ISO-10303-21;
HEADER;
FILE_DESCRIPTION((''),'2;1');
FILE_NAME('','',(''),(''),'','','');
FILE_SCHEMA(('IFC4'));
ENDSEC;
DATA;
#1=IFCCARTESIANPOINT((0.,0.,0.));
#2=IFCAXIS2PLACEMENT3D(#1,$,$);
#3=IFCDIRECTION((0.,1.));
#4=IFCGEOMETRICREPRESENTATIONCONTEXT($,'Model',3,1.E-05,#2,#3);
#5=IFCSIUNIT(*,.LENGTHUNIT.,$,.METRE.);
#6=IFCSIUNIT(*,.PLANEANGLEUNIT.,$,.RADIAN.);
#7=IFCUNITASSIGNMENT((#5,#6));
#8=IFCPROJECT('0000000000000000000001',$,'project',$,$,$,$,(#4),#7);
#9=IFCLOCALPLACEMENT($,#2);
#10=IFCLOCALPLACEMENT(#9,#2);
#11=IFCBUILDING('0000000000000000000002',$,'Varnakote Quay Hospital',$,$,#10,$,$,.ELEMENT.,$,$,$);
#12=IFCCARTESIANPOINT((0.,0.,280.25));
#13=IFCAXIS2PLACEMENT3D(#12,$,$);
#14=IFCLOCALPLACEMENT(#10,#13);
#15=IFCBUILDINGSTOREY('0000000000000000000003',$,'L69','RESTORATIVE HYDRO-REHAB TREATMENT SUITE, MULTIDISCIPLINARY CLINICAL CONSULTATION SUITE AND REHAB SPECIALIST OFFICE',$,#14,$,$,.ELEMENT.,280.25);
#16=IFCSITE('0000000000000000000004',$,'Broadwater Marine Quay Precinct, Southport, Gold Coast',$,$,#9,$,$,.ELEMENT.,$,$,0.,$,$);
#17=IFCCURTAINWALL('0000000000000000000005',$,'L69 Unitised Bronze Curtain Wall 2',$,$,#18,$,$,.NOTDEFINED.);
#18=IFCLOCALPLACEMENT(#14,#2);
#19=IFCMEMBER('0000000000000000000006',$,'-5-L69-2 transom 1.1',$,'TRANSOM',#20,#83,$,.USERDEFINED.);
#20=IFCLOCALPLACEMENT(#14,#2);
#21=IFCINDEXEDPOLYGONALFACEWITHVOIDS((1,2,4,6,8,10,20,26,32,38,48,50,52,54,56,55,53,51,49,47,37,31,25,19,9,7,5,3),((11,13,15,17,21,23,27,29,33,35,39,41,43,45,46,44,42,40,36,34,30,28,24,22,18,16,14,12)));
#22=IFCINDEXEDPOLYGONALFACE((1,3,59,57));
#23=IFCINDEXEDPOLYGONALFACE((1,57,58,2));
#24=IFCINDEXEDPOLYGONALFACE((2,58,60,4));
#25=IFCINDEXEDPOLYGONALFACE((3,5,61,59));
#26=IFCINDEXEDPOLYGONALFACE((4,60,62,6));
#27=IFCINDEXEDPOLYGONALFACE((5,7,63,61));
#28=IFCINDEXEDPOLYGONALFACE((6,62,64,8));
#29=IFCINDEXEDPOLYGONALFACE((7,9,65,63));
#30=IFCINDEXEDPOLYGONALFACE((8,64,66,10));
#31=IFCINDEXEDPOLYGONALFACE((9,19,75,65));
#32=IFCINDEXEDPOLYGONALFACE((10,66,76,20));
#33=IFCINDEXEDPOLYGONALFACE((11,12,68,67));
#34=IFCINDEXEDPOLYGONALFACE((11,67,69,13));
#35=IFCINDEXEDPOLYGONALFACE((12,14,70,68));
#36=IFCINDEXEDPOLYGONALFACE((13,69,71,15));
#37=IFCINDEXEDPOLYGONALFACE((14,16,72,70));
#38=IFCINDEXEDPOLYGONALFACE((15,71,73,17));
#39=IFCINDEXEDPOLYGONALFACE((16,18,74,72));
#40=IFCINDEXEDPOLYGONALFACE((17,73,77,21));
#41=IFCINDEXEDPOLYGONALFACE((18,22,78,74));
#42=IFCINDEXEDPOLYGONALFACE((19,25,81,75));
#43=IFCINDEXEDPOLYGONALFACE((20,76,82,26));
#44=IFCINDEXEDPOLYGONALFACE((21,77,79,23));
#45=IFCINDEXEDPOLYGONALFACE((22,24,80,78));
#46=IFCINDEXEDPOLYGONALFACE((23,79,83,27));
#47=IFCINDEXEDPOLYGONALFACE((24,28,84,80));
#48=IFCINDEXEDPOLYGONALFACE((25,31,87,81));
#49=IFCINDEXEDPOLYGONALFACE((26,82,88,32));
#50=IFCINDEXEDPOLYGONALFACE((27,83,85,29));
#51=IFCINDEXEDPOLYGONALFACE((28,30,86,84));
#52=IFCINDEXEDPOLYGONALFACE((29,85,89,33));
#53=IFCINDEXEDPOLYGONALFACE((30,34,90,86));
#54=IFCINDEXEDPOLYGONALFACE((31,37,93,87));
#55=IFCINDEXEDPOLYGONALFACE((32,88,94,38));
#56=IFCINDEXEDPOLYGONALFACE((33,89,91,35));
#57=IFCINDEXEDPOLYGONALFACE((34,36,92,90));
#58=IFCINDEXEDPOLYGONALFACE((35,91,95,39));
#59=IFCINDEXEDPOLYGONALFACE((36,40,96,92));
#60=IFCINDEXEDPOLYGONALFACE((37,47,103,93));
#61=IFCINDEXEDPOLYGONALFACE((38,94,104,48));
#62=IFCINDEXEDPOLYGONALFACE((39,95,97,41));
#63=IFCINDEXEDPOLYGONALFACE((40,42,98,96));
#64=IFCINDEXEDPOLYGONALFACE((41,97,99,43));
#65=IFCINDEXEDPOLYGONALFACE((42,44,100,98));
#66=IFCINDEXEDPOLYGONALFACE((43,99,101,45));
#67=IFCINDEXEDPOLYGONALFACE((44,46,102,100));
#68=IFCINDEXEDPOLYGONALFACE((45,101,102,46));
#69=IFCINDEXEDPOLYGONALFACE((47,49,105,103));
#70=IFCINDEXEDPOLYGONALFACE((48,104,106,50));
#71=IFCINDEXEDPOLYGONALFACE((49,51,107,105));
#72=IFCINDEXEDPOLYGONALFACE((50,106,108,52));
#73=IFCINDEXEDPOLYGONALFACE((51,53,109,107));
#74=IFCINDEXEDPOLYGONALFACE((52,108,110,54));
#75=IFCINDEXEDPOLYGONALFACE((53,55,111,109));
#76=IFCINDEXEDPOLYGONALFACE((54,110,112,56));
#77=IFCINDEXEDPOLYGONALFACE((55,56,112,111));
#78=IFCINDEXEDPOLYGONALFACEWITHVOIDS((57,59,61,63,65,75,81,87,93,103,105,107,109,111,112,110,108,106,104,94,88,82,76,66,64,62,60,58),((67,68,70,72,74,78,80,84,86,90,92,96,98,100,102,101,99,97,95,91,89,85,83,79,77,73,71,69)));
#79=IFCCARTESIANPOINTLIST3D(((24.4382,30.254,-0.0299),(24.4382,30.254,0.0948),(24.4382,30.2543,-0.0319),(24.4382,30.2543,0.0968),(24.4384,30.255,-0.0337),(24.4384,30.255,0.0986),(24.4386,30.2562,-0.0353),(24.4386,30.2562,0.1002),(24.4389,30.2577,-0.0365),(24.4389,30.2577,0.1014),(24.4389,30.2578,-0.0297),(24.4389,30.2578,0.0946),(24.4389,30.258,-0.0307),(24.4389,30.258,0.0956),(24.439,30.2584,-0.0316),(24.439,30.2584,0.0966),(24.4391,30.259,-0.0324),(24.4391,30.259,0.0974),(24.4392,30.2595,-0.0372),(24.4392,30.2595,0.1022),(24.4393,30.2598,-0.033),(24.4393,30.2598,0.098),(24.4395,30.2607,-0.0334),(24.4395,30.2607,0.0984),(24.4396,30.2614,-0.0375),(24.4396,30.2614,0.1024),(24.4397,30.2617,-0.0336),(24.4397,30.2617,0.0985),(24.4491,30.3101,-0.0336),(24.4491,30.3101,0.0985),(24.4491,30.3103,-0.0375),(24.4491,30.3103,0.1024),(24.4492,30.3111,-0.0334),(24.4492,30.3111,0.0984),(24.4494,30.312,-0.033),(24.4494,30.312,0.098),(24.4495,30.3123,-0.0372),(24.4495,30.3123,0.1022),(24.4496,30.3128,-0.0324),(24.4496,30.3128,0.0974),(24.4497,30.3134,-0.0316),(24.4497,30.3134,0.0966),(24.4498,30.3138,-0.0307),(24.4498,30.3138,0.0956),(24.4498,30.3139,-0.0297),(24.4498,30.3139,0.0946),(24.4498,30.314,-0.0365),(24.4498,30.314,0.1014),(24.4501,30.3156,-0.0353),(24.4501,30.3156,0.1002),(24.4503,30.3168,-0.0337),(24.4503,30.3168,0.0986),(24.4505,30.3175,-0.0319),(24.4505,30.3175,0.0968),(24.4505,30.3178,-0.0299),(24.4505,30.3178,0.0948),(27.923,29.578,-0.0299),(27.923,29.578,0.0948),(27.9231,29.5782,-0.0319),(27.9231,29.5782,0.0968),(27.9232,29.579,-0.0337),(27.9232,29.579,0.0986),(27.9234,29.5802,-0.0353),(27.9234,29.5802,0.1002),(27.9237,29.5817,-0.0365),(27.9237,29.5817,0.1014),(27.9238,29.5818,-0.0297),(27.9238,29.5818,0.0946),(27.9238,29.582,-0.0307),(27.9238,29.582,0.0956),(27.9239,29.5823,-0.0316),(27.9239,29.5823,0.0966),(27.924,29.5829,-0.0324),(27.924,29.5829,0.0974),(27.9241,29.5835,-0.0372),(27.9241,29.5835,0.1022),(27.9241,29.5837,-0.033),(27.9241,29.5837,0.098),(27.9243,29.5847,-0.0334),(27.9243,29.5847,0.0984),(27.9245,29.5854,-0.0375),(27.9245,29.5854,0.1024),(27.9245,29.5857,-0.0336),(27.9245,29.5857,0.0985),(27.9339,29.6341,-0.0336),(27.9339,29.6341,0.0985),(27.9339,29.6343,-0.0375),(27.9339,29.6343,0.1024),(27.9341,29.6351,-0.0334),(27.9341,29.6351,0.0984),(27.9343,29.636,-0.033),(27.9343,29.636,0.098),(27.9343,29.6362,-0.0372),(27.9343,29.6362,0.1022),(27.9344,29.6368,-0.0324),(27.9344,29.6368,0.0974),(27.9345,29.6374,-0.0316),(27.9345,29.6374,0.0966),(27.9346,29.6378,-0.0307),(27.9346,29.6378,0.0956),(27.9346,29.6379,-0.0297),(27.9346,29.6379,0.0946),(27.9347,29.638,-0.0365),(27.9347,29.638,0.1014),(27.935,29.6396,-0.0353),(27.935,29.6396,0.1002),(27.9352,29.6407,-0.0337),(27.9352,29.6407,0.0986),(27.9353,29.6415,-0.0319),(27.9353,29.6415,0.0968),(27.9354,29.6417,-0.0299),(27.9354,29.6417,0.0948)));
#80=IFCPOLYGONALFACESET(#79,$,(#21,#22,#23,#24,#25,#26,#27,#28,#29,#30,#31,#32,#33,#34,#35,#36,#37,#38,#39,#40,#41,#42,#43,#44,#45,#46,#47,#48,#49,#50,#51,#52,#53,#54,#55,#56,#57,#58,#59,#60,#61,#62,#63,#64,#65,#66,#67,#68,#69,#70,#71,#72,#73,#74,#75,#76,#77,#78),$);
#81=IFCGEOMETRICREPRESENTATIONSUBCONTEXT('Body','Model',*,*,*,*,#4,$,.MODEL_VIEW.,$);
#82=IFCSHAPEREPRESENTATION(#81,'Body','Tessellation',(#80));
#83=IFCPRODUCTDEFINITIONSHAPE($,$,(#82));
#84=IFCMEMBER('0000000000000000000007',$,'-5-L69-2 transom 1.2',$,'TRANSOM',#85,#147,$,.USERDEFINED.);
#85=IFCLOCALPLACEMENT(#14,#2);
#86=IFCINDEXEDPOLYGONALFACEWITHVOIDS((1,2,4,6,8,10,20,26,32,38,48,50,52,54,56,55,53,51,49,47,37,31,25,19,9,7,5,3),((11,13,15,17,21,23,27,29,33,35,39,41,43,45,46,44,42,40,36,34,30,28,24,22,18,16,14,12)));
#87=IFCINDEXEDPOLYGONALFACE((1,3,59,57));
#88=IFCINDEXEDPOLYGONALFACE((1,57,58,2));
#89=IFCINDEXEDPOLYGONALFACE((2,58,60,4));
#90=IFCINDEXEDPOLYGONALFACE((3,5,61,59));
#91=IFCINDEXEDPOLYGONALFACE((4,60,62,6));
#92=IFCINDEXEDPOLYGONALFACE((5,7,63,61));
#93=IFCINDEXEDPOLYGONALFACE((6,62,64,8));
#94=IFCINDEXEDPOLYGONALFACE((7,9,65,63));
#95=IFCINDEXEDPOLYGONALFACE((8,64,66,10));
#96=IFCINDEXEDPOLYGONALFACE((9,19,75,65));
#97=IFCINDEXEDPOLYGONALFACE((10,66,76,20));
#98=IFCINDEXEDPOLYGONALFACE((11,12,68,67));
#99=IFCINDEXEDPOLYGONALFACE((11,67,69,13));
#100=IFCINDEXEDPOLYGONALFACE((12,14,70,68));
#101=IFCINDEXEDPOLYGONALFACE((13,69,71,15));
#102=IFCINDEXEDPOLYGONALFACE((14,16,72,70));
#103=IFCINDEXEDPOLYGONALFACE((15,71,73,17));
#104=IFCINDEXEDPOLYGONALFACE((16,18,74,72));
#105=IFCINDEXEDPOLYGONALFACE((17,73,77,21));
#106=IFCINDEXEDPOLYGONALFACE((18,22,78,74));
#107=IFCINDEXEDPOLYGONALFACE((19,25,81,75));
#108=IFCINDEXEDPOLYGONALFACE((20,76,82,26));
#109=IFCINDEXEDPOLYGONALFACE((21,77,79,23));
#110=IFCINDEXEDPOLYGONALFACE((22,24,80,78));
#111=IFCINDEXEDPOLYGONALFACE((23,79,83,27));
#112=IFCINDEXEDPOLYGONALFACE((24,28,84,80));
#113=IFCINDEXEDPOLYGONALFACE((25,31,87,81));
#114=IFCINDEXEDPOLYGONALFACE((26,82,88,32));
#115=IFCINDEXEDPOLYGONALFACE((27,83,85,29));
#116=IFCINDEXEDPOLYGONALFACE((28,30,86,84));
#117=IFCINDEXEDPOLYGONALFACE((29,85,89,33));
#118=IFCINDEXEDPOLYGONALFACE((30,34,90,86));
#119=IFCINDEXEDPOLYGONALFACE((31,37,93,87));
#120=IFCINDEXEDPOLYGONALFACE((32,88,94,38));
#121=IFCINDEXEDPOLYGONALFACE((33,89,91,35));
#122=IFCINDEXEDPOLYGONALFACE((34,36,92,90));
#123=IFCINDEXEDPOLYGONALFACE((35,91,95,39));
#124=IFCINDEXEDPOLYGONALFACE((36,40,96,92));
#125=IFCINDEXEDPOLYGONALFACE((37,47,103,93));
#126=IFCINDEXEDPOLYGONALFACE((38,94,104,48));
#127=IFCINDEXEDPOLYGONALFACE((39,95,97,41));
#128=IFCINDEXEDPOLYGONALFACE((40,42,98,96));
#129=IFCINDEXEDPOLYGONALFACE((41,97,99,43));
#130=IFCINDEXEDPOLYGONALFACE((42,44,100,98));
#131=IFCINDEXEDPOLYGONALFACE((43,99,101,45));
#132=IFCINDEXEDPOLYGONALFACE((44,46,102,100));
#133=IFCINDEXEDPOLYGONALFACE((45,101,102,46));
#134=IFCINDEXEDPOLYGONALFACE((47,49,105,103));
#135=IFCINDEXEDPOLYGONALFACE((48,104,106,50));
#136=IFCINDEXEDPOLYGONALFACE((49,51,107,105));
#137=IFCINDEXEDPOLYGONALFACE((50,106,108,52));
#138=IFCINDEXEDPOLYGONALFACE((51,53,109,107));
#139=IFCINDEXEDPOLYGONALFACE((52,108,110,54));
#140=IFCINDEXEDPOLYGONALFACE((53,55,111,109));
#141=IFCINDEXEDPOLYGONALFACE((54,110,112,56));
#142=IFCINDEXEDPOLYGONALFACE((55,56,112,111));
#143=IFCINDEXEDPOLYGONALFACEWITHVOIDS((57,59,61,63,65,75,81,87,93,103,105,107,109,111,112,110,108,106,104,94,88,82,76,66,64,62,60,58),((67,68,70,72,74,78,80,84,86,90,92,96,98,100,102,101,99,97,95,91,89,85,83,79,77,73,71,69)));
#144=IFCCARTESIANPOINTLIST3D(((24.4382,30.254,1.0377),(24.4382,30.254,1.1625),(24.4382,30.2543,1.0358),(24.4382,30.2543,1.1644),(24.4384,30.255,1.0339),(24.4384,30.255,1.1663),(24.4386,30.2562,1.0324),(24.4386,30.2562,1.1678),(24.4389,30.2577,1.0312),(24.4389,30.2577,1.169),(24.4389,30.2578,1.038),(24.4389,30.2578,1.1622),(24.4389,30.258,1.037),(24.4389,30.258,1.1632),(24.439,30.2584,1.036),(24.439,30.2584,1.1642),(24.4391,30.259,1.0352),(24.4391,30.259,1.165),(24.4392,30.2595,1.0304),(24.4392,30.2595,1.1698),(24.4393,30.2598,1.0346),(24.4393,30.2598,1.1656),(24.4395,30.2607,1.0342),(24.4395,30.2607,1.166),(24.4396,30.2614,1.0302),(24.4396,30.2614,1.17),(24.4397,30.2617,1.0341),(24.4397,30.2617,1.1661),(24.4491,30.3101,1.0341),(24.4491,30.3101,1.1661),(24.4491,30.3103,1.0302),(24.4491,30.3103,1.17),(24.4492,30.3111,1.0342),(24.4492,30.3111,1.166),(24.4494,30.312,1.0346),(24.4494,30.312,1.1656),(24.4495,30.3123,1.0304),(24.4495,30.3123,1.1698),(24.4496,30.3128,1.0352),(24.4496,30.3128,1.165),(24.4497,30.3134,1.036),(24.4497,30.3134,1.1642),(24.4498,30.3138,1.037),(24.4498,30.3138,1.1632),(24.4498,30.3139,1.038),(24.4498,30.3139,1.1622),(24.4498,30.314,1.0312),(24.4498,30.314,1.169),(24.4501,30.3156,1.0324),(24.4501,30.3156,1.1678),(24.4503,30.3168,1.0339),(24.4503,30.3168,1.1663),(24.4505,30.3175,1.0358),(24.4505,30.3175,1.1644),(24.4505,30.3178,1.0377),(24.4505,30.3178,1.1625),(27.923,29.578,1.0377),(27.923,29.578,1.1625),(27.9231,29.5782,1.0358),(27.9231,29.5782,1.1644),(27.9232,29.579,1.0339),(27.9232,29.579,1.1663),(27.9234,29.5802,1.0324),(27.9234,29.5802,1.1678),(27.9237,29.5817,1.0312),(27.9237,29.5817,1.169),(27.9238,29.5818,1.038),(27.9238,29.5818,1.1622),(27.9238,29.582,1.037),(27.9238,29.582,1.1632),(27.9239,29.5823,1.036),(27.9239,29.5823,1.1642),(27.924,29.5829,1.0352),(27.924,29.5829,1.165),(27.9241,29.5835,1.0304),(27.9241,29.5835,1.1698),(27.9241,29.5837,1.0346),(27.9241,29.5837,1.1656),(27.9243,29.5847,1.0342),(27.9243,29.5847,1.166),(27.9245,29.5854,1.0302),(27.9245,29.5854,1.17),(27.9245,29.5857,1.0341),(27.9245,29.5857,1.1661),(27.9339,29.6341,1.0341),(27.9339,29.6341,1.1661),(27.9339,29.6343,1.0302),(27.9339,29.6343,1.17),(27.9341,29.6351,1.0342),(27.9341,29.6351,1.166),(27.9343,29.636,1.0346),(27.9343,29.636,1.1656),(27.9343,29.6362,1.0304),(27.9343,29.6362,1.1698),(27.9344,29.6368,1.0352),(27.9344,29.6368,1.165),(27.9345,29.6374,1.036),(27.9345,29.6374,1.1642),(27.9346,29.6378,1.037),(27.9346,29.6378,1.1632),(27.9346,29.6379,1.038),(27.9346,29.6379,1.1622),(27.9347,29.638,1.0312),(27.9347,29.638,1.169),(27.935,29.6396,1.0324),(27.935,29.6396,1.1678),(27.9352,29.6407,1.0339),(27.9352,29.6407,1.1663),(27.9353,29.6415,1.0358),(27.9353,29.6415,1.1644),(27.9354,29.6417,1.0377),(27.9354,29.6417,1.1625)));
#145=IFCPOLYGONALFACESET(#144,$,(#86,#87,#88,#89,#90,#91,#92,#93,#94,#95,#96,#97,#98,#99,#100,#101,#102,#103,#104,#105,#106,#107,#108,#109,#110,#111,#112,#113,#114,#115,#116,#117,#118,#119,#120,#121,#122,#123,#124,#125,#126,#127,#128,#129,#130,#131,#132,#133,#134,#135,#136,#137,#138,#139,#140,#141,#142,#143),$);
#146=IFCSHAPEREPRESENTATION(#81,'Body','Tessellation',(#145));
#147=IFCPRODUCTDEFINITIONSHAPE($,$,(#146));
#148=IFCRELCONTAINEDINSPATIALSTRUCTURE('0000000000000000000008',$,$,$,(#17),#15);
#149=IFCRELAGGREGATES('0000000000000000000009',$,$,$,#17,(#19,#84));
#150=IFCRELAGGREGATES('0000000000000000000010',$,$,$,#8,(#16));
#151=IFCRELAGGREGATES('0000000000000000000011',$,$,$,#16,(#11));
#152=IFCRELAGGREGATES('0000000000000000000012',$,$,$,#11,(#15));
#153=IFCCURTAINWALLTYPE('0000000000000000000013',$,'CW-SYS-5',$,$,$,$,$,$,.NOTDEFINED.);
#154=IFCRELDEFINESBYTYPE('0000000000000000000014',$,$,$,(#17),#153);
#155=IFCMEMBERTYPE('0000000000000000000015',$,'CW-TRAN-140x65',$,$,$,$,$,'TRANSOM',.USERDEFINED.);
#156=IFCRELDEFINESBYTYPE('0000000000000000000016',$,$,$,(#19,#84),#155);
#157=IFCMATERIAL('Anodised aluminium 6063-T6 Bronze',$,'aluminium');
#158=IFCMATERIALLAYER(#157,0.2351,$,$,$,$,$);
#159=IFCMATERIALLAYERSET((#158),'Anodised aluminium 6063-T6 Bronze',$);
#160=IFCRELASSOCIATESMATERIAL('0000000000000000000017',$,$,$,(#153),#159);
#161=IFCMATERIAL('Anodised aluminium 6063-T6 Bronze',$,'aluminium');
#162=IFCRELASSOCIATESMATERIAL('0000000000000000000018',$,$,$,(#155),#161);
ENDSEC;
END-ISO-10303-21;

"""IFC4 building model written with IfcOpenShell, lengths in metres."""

from ifc_helpers import new_model, si_unit, direction, frame, origin, origin_2d, place, context, subcontext, project, spatial, hollow_rectangle, extrude, material, layer, layer_set, material_profile, profile_set, type_object, element, aggregate, save


model = new_model("IFC4")

# Units and contexts
model_context = context("Model", 3, precision=1e-05, world=origin(), true_north=direction((0.0, 1.0)))
body_context = subcontext(model_context, "Body", "Model", "MODEL_VIEW")
ifc_project = project(units=[si_unit("LENGTHUNIT", "METRE"), si_unit("PLANEANGLEUNIT", "RADIAN")], contexts=[model_context])

# Site, building, storey
site_placement = place(None, origin())
site = spatial("IfcSite", under=ifc_project, at=site_placement, Name="Broadwater Marine Quay Precinct, Southport, Gold Coast", CompositionType="ELEMENT", RefElevation=0.0)
building_placement = place(site_placement, origin())
building = spatial("IfcBuilding", under=site, at=building_placement, Name="Varnakote Quay Hospital", CompositionType="ELEMENT")
storey_placement = place(building_placement, frame((0.0, 0.0, 280.25)))
storey = spatial("IfcBuildingStorey", under=building, at=storey_placement, Name="L69", Description="RESTORATIVE HYDRO-REHAB TREATMENT SUITE, MULTIDISCIPLINARY CLINICAL CONSULTATION SUITE AND REHAB SPECIALIST OFFICE", CompositionType="ELEMENT", Elevation=280.25)

# Shared definitions
ifc_material_1 = material(Name="Anodised aluminium 6063-T6 Bronze", Category="aluminium")
ifc_layer_1 = layer(ifc_material_1, 0.2351)
ifc_layer_set_1 = layer_set([ifc_layer_1], Name="Anodised aluminium 6063-T6 Bronze")
curtain_wall_type = type_object("IfcCurtainWallType", Name="CW-SYS-5", PredefinedType="NOTDEFINED", material=ifc_layer_set_1)

# Curtain wall, members
curtain_wall_1_placement = place(storey_placement, origin())
curtain_wall_1 = element("IfcCurtainWall", 1, at=curtain_wall_1_placement, inside=storey, type_object=curtain_wall_type, Name="L69 Unitised Bronze Curtain Wall 2", PredefinedType="NOTDEFINED")
ifc_material_2 = material(Name="Anodised aluminium 6063-T6 Bronze", Category="aluminium")
ifc_material_profile_1 = material_profile(ifc_material_2, hollow_rectangle(XDim=0.0649, YDim=0.1399, WallThickness=0.0039, InnerFilletRadius=0.0039, OuterFilletRadius=0.0076, at=origin_2d()), Name="CW-TRAN-140x65")
ifc_profile_set_1 = profile_set([ifc_material_profile_1], Name="Anodised aluminium 6063-T6 Bronze")
member_type_1 = type_object("IfcMemberType", Name="CW-TRAN-140x65", ElementType="TRANSOM", PredefinedType="USERDEFINED", material=ifc_profile_set_1)
member_1_placement = place(storey_placement, frame((27.9292, 29.6099, 0.0325), z_axis=(-0.981699, 0.190439, 0.0), x_axis=(-0.190439, -0.981699, 0.0)))
member_1 = element("IfcMember", 2, at=member_1_placement, type_object=member_type_1, Name="-5-L69-2 transom 1.1", ObjectType="TRANSOM", PredefinedType="USERDEFINED", context=body_context, shape_type="SweptSolid", body=[
    extrude(hollow_rectangle(XDim=0.0649, YDim=0.1399, WallThickness=0.0039, InnerFilletRadius=0.0039, OuterFilletRadius=0.0076, at=origin_2d()), origin(), (0.0, 0.0, 1.0), 3.5498),
])
member_2_placement = place(storey_placement, frame((27.9292, 29.6099, 1.1001), z_axis=(-0.981699, 0.190439, 0.0), x_axis=(-0.190439, -0.981699, 0.0)))
member_2 = element("IfcMember", 3, at=member_2_placement, type_object=member_type_1, Name="-5-L69-2 transom 1.2", ObjectType="TRANSOM", PredefinedType="USERDEFINED", context=body_context, shape_type="SweptSolid", body=[
    extrude(hollow_rectangle(XDim=0.0649, YDim=0.1399, WallThickness=0.0039, InnerFilletRadius=0.0039, OuterFilletRadius=0.0076, at=origin_2d()), origin(), (0.0, 0.0, 1.0), 3.5498),
])

aggregate(curtain_wall_1, [member_1, member_2])

save(model, "model.ifc")
